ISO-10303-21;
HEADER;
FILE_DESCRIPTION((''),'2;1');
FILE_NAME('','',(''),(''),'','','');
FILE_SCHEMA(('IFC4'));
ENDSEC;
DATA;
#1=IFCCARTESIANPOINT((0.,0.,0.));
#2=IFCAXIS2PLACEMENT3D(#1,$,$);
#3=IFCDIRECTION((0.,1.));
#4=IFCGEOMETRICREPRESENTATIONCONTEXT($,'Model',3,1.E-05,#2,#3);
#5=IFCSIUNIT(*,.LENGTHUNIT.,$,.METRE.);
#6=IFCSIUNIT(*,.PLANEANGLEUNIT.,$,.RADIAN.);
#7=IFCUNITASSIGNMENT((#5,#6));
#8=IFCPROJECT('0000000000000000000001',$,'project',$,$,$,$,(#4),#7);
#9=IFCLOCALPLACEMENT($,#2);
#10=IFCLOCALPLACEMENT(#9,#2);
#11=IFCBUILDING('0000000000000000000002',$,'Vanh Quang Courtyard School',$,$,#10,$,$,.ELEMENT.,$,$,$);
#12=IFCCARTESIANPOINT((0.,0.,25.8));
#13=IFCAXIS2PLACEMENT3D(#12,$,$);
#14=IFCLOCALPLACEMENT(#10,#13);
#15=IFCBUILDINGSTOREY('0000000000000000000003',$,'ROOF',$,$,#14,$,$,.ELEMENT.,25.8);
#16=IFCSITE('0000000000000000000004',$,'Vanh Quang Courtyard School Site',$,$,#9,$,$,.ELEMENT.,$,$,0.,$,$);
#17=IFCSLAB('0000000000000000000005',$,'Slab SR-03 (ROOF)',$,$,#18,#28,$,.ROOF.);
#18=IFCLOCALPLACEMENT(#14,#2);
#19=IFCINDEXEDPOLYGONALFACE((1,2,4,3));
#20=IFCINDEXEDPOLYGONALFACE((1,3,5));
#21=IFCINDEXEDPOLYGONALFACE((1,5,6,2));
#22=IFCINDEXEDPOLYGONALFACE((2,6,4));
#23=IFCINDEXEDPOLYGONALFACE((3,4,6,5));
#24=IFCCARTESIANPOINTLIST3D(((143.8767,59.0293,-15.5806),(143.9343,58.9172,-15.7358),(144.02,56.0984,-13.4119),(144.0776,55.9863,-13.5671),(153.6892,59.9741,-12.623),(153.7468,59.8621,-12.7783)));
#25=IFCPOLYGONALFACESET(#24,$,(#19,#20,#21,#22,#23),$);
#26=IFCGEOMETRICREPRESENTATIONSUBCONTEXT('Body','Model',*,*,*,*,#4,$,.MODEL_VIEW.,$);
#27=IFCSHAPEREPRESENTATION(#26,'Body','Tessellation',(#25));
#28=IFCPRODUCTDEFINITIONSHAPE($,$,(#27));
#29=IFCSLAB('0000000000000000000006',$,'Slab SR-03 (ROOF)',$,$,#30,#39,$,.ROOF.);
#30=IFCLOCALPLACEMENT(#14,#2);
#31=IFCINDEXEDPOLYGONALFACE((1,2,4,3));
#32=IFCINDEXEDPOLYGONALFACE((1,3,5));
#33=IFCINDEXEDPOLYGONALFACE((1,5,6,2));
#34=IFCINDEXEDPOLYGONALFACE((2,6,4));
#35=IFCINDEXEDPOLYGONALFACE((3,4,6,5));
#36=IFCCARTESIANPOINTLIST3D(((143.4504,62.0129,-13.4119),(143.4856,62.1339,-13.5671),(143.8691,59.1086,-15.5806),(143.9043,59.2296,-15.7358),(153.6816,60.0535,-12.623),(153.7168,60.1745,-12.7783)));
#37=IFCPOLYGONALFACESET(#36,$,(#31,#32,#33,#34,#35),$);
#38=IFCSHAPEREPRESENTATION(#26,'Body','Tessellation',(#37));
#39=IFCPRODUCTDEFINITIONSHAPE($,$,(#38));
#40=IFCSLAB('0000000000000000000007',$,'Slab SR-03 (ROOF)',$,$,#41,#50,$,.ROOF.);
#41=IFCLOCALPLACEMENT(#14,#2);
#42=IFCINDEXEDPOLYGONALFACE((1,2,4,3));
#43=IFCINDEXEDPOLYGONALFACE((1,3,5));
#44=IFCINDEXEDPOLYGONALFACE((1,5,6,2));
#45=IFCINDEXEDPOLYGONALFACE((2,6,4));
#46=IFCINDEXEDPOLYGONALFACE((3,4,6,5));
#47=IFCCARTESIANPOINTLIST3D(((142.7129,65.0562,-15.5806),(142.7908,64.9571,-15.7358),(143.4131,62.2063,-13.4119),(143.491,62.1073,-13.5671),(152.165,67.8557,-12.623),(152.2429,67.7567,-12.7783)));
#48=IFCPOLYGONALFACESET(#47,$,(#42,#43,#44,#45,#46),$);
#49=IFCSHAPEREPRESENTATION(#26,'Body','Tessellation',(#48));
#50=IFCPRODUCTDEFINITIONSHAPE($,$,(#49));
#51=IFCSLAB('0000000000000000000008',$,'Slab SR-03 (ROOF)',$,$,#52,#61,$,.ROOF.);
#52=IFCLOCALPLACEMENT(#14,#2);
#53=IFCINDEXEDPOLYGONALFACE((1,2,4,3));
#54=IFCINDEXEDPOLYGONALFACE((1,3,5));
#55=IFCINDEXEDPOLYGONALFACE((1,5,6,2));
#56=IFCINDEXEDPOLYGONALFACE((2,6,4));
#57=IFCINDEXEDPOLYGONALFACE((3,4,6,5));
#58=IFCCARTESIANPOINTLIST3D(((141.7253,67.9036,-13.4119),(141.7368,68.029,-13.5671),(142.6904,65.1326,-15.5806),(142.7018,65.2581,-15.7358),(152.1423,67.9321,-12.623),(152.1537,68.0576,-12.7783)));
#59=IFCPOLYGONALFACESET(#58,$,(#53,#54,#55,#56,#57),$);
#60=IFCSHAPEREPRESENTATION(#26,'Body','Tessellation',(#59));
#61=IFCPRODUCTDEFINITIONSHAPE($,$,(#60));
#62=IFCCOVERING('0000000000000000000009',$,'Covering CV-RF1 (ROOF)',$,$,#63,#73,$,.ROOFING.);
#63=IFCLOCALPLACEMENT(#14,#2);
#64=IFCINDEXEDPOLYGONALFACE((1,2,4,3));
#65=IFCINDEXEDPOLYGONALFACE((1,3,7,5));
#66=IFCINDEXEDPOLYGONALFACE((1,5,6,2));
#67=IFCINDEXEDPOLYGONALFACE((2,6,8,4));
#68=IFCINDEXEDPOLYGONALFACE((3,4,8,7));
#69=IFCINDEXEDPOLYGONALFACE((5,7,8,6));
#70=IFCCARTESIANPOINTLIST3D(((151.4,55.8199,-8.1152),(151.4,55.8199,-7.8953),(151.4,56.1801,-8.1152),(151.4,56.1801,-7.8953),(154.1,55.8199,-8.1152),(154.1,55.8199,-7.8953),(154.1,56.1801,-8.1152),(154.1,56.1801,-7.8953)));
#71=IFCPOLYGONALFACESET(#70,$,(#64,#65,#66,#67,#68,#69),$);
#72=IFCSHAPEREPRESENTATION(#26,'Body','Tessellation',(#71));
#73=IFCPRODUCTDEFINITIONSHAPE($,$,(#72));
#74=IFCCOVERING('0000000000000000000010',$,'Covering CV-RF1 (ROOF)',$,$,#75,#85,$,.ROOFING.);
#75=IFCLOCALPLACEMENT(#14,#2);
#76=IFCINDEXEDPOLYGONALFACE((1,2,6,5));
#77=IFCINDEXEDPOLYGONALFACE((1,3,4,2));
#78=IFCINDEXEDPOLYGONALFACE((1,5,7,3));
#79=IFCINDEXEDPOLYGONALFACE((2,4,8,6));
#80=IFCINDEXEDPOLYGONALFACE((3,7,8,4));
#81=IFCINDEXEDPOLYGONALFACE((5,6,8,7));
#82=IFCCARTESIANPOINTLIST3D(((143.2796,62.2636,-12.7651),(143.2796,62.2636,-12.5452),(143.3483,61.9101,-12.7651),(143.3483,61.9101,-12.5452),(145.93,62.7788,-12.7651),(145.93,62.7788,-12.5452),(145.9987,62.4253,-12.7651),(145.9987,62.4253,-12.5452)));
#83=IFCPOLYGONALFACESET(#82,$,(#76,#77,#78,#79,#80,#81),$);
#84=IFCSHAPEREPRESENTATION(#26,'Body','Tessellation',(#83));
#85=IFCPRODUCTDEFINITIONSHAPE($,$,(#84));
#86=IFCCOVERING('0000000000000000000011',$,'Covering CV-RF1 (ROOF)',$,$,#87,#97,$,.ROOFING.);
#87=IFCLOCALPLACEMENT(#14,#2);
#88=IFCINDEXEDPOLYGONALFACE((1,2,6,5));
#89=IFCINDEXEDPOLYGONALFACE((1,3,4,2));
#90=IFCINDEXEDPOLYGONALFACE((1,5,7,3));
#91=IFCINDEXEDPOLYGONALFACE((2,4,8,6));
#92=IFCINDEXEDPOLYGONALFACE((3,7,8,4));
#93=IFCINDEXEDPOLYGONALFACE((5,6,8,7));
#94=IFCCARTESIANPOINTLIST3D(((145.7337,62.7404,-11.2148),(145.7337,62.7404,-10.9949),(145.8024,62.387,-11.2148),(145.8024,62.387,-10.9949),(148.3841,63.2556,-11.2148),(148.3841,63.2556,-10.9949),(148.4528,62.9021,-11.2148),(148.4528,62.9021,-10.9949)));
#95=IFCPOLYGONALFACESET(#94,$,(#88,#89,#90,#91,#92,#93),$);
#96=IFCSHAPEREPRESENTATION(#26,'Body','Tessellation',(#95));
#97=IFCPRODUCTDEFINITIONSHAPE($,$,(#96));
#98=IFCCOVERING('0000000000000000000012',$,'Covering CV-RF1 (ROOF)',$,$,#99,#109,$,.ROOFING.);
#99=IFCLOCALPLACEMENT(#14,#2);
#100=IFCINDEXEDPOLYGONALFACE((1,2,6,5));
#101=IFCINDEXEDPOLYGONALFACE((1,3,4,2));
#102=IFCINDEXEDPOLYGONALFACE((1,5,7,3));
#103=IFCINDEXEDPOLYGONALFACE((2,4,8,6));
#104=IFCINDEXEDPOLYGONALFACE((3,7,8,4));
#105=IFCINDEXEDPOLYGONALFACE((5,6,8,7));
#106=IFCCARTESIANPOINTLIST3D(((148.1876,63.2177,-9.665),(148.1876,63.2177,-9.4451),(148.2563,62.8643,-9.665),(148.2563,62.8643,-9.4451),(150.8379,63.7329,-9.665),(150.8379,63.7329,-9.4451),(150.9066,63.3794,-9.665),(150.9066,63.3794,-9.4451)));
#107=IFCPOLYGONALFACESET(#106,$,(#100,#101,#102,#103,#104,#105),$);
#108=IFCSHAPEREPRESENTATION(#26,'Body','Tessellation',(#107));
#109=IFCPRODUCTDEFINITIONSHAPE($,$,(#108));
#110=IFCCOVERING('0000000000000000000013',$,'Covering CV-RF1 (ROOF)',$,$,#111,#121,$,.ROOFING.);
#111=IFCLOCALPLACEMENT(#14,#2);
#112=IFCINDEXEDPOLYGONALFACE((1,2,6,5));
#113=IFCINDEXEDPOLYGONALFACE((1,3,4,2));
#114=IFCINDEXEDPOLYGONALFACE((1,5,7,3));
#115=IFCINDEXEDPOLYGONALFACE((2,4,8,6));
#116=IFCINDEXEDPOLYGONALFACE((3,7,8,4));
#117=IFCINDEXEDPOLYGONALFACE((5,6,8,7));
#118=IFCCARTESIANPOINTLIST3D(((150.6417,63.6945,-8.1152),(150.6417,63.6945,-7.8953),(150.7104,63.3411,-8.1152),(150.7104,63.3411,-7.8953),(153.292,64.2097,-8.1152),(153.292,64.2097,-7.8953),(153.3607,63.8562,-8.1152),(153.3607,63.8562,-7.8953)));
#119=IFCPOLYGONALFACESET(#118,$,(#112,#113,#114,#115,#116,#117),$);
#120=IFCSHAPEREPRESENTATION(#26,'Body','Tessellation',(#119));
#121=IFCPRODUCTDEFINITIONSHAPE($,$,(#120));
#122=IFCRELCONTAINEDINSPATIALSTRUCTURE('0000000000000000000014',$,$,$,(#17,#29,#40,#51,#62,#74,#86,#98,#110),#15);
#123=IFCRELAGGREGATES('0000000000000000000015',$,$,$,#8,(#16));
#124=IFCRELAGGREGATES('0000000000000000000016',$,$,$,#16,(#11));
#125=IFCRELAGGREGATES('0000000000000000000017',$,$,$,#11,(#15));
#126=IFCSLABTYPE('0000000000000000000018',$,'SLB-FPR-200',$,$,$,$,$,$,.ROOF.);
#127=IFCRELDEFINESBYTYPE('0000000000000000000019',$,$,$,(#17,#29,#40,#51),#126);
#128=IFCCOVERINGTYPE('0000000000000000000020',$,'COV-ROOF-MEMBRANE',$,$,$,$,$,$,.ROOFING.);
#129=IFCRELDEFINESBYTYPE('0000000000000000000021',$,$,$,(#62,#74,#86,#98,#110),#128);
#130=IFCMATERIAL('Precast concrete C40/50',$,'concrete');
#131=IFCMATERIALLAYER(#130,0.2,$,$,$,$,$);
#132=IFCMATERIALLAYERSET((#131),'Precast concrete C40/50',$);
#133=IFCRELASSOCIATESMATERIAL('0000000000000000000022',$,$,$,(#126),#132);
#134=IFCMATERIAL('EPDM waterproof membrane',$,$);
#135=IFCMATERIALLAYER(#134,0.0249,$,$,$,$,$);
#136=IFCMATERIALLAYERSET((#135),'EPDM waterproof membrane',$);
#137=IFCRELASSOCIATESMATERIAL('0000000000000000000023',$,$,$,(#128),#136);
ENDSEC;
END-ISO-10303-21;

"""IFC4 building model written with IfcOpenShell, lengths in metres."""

from ifc_helpers import new_model, si_unit, direction, frame, origin, origin_2d, place, context, subcontext, project, spatial, polyline, rectangle, outline, extrude, material, layer, layer_set, type_object, element, save


model = new_model("IFC4")

# Units and contexts
model_context = context("Model", 3, precision=1e-05, world=origin(), true_north=direction((0.0, 1.0)))
body_context = subcontext(model_context, "Body", "Model", "MODEL_VIEW")
ifc_project = project(units=[si_unit("LENGTHUNIT", "METRE"), si_unit("PLANEANGLEUNIT", "RADIAN")], contexts=[model_context])

# Site, building, storey
site_placement = place(None, origin())
site = spatial("IfcSite", under=ifc_project, at=site_placement, Name="Vanh Quang Courtyard School Site", CompositionType="ELEMENT", RefElevation=0.0)
building_placement = place(site_placement, origin())
building = spatial("IfcBuilding", under=site, at=building_placement, Name="Vanh Quang Courtyard School", CompositionType="ELEMENT")
storey_placement = place(building_placement, frame((0.0, 0.0, 25.8)))
storey = spatial("IfcBuildingStorey", under=building, at=storey_placement, Name="ROOF", CompositionType="ELEMENT", Elevation=25.8)

# Slabs
ifc_material_1 = material(Name="Precast concrete C40/50", Category="concrete")
ifc_layer_1 = layer(ifc_material_1, 0.2)
ifc_layer_set_1 = layer_set([ifc_layer_1], Name="Precast concrete C40/50")
slab_type_1 = type_object("IfcSlabType", Name="SLB-FPR-200", PredefinedType="ROOF", material=ifc_layer_set_1)
slab_1_placement = place(storey_placement, frame((144.02, 56.0984, -13.4119), z_axis=(-0.288001, 0.560471, 0.776484), x_axis=(0.92556, 0.370995, 0.075508)))
element("IfcSlab", 1, at=slab_1_placement, inside=storey, type_object=slab_type_1, Name="Slab SR-03 (ROOF)", PredefinedType="ROOF", context=body_context, shape_type="SweptSolid", body=[
    extrude(outline(polyline([(0.0, 0.0), (10.4469, 0.0), (0.791, 3.5621), (0.0, 0.0)])), origin(), (0.0, 0.0, -1.0), 0.2),
])
slab_2_placement = place(storey_placement, frame((143.8691, 59.1086, -15.5806), z_axis=(-0.175762, -0.605146, 0.77647), x_axis=(0.953413, 0.091802, 0.287362)))
element("IfcSlab", 2, at=slab_2_placement, inside=storey, type_object=slab_type_1, Name="Slab SR-03 (ROOF)", PredefinedType="ROOF", context=body_context, shape_type="SweptSolid", body=[
    extrude(outline(polyline([(0.0, 0.0), (10.292, 0.0), (0.4906, 3.6156), (0.0, 0.0)])), origin(), (0.0, 0.0, -1.0), 0.2),
])
slab_3_placement = place(storey_placement, frame((143.4131, 62.2063, -13.4119), z_axis=(-0.389633, 0.495187, 0.776515), x_axis=(0.837767, 0.540781, 0.075508)))
element("IfcSlab", 3, at=slab_3_placement, inside=storey, type_object=slab_type_1, Name="Slab SR-03 (ROOF)", PredefinedType="ROOF", context=body_context, shape_type="SweptSolid", body=[
    extrude(outline(polyline([(0.0, 0.0), (10.4468, 0.0), (0.7908, 3.5623), (0.0, 0.0)])), origin(), (0.0, 0.0, -1.0), 0.2),
])
slab_4_placement = place(storey_placement, frame((142.6904, 65.1326, -15.5806), z_axis=(-0.057076, -0.627572, 0.776463), x_axis=(0.918384, 0.272016, 0.287364)))
element("IfcSlab", 4, at=slab_4_placement, inside=storey, type_object=slab_type_1, Name="Slab SR-03 (ROOF)", PredefinedType="ROOF", context=body_context, shape_type="SweptSolid", body=[
    extrude(outline(polyline([(0.0, 0.0), (10.2919, 0.0), (0.4906, 3.6156), (0.0, 0.0)])), origin(), (0.0, 0.0, -1.0), 0.2),
])

# Coverings
ifc_material_2 = material(Name="EPDM waterproof membrane")
ifc_layer_2 = layer(ifc_material_2, 0.0249)
ifc_layer_set_2 = layer_set([ifc_layer_2], Name="EPDM waterproof membrane")
covering_type = type_object("IfcCoveringType", Name="COV-ROOF-MEMBRANE", PredefinedType="ROOFING", material=ifc_layer_set_2)
for number, where, z_axis, x_axis, name in (
    (5, (152.75, 56.0, -8.1152), (0.0, 0.0, 1.0), (1.0, 0.0, 0.0), "Covering CV-RF1 (ROOF)"),
    (6, (144.6392, 62.3445, -12.7651), (0.0, 0.0, 1.0), (0.981627, 0.190809, 0.0), "Covering CV-RF1 (ROOF)"),
    (7, (147.0933, 62.8213, -11.2148), (0.0, 0.0, 1.0), (0.981627, 0.190809, 0.0), "Covering CV-RF1 (ROOF)"),
    (8, (149.5471, 63.2986, -9.665), (0.0, 0.0, 1.0), (0.981627, 0.190809, 0.0), "Covering CV-RF1 (ROOF)"),
    (9, (152.0012, 63.7754, -8.1152), (0.0, 0.0, 1.0), (0.981627, 0.190809, 0.0), "Covering CV-RF1 (ROOF)"),
):
    element("IfcCovering", number, at=place(storey_placement, frame(where, z_axis=z_axis, x_axis=x_axis)), inside=storey, type_object=covering_type, Name=name, PredefinedType="ROOFING", context=body_context, shape_type="SweptSolid", body=[
        extrude(rectangle(XDim=2.7, YDim=0.3601, at=origin_2d()), origin(), (0.0, 0.0, 1.0), 0.22),
    ])

save(model, "model.ifc")
